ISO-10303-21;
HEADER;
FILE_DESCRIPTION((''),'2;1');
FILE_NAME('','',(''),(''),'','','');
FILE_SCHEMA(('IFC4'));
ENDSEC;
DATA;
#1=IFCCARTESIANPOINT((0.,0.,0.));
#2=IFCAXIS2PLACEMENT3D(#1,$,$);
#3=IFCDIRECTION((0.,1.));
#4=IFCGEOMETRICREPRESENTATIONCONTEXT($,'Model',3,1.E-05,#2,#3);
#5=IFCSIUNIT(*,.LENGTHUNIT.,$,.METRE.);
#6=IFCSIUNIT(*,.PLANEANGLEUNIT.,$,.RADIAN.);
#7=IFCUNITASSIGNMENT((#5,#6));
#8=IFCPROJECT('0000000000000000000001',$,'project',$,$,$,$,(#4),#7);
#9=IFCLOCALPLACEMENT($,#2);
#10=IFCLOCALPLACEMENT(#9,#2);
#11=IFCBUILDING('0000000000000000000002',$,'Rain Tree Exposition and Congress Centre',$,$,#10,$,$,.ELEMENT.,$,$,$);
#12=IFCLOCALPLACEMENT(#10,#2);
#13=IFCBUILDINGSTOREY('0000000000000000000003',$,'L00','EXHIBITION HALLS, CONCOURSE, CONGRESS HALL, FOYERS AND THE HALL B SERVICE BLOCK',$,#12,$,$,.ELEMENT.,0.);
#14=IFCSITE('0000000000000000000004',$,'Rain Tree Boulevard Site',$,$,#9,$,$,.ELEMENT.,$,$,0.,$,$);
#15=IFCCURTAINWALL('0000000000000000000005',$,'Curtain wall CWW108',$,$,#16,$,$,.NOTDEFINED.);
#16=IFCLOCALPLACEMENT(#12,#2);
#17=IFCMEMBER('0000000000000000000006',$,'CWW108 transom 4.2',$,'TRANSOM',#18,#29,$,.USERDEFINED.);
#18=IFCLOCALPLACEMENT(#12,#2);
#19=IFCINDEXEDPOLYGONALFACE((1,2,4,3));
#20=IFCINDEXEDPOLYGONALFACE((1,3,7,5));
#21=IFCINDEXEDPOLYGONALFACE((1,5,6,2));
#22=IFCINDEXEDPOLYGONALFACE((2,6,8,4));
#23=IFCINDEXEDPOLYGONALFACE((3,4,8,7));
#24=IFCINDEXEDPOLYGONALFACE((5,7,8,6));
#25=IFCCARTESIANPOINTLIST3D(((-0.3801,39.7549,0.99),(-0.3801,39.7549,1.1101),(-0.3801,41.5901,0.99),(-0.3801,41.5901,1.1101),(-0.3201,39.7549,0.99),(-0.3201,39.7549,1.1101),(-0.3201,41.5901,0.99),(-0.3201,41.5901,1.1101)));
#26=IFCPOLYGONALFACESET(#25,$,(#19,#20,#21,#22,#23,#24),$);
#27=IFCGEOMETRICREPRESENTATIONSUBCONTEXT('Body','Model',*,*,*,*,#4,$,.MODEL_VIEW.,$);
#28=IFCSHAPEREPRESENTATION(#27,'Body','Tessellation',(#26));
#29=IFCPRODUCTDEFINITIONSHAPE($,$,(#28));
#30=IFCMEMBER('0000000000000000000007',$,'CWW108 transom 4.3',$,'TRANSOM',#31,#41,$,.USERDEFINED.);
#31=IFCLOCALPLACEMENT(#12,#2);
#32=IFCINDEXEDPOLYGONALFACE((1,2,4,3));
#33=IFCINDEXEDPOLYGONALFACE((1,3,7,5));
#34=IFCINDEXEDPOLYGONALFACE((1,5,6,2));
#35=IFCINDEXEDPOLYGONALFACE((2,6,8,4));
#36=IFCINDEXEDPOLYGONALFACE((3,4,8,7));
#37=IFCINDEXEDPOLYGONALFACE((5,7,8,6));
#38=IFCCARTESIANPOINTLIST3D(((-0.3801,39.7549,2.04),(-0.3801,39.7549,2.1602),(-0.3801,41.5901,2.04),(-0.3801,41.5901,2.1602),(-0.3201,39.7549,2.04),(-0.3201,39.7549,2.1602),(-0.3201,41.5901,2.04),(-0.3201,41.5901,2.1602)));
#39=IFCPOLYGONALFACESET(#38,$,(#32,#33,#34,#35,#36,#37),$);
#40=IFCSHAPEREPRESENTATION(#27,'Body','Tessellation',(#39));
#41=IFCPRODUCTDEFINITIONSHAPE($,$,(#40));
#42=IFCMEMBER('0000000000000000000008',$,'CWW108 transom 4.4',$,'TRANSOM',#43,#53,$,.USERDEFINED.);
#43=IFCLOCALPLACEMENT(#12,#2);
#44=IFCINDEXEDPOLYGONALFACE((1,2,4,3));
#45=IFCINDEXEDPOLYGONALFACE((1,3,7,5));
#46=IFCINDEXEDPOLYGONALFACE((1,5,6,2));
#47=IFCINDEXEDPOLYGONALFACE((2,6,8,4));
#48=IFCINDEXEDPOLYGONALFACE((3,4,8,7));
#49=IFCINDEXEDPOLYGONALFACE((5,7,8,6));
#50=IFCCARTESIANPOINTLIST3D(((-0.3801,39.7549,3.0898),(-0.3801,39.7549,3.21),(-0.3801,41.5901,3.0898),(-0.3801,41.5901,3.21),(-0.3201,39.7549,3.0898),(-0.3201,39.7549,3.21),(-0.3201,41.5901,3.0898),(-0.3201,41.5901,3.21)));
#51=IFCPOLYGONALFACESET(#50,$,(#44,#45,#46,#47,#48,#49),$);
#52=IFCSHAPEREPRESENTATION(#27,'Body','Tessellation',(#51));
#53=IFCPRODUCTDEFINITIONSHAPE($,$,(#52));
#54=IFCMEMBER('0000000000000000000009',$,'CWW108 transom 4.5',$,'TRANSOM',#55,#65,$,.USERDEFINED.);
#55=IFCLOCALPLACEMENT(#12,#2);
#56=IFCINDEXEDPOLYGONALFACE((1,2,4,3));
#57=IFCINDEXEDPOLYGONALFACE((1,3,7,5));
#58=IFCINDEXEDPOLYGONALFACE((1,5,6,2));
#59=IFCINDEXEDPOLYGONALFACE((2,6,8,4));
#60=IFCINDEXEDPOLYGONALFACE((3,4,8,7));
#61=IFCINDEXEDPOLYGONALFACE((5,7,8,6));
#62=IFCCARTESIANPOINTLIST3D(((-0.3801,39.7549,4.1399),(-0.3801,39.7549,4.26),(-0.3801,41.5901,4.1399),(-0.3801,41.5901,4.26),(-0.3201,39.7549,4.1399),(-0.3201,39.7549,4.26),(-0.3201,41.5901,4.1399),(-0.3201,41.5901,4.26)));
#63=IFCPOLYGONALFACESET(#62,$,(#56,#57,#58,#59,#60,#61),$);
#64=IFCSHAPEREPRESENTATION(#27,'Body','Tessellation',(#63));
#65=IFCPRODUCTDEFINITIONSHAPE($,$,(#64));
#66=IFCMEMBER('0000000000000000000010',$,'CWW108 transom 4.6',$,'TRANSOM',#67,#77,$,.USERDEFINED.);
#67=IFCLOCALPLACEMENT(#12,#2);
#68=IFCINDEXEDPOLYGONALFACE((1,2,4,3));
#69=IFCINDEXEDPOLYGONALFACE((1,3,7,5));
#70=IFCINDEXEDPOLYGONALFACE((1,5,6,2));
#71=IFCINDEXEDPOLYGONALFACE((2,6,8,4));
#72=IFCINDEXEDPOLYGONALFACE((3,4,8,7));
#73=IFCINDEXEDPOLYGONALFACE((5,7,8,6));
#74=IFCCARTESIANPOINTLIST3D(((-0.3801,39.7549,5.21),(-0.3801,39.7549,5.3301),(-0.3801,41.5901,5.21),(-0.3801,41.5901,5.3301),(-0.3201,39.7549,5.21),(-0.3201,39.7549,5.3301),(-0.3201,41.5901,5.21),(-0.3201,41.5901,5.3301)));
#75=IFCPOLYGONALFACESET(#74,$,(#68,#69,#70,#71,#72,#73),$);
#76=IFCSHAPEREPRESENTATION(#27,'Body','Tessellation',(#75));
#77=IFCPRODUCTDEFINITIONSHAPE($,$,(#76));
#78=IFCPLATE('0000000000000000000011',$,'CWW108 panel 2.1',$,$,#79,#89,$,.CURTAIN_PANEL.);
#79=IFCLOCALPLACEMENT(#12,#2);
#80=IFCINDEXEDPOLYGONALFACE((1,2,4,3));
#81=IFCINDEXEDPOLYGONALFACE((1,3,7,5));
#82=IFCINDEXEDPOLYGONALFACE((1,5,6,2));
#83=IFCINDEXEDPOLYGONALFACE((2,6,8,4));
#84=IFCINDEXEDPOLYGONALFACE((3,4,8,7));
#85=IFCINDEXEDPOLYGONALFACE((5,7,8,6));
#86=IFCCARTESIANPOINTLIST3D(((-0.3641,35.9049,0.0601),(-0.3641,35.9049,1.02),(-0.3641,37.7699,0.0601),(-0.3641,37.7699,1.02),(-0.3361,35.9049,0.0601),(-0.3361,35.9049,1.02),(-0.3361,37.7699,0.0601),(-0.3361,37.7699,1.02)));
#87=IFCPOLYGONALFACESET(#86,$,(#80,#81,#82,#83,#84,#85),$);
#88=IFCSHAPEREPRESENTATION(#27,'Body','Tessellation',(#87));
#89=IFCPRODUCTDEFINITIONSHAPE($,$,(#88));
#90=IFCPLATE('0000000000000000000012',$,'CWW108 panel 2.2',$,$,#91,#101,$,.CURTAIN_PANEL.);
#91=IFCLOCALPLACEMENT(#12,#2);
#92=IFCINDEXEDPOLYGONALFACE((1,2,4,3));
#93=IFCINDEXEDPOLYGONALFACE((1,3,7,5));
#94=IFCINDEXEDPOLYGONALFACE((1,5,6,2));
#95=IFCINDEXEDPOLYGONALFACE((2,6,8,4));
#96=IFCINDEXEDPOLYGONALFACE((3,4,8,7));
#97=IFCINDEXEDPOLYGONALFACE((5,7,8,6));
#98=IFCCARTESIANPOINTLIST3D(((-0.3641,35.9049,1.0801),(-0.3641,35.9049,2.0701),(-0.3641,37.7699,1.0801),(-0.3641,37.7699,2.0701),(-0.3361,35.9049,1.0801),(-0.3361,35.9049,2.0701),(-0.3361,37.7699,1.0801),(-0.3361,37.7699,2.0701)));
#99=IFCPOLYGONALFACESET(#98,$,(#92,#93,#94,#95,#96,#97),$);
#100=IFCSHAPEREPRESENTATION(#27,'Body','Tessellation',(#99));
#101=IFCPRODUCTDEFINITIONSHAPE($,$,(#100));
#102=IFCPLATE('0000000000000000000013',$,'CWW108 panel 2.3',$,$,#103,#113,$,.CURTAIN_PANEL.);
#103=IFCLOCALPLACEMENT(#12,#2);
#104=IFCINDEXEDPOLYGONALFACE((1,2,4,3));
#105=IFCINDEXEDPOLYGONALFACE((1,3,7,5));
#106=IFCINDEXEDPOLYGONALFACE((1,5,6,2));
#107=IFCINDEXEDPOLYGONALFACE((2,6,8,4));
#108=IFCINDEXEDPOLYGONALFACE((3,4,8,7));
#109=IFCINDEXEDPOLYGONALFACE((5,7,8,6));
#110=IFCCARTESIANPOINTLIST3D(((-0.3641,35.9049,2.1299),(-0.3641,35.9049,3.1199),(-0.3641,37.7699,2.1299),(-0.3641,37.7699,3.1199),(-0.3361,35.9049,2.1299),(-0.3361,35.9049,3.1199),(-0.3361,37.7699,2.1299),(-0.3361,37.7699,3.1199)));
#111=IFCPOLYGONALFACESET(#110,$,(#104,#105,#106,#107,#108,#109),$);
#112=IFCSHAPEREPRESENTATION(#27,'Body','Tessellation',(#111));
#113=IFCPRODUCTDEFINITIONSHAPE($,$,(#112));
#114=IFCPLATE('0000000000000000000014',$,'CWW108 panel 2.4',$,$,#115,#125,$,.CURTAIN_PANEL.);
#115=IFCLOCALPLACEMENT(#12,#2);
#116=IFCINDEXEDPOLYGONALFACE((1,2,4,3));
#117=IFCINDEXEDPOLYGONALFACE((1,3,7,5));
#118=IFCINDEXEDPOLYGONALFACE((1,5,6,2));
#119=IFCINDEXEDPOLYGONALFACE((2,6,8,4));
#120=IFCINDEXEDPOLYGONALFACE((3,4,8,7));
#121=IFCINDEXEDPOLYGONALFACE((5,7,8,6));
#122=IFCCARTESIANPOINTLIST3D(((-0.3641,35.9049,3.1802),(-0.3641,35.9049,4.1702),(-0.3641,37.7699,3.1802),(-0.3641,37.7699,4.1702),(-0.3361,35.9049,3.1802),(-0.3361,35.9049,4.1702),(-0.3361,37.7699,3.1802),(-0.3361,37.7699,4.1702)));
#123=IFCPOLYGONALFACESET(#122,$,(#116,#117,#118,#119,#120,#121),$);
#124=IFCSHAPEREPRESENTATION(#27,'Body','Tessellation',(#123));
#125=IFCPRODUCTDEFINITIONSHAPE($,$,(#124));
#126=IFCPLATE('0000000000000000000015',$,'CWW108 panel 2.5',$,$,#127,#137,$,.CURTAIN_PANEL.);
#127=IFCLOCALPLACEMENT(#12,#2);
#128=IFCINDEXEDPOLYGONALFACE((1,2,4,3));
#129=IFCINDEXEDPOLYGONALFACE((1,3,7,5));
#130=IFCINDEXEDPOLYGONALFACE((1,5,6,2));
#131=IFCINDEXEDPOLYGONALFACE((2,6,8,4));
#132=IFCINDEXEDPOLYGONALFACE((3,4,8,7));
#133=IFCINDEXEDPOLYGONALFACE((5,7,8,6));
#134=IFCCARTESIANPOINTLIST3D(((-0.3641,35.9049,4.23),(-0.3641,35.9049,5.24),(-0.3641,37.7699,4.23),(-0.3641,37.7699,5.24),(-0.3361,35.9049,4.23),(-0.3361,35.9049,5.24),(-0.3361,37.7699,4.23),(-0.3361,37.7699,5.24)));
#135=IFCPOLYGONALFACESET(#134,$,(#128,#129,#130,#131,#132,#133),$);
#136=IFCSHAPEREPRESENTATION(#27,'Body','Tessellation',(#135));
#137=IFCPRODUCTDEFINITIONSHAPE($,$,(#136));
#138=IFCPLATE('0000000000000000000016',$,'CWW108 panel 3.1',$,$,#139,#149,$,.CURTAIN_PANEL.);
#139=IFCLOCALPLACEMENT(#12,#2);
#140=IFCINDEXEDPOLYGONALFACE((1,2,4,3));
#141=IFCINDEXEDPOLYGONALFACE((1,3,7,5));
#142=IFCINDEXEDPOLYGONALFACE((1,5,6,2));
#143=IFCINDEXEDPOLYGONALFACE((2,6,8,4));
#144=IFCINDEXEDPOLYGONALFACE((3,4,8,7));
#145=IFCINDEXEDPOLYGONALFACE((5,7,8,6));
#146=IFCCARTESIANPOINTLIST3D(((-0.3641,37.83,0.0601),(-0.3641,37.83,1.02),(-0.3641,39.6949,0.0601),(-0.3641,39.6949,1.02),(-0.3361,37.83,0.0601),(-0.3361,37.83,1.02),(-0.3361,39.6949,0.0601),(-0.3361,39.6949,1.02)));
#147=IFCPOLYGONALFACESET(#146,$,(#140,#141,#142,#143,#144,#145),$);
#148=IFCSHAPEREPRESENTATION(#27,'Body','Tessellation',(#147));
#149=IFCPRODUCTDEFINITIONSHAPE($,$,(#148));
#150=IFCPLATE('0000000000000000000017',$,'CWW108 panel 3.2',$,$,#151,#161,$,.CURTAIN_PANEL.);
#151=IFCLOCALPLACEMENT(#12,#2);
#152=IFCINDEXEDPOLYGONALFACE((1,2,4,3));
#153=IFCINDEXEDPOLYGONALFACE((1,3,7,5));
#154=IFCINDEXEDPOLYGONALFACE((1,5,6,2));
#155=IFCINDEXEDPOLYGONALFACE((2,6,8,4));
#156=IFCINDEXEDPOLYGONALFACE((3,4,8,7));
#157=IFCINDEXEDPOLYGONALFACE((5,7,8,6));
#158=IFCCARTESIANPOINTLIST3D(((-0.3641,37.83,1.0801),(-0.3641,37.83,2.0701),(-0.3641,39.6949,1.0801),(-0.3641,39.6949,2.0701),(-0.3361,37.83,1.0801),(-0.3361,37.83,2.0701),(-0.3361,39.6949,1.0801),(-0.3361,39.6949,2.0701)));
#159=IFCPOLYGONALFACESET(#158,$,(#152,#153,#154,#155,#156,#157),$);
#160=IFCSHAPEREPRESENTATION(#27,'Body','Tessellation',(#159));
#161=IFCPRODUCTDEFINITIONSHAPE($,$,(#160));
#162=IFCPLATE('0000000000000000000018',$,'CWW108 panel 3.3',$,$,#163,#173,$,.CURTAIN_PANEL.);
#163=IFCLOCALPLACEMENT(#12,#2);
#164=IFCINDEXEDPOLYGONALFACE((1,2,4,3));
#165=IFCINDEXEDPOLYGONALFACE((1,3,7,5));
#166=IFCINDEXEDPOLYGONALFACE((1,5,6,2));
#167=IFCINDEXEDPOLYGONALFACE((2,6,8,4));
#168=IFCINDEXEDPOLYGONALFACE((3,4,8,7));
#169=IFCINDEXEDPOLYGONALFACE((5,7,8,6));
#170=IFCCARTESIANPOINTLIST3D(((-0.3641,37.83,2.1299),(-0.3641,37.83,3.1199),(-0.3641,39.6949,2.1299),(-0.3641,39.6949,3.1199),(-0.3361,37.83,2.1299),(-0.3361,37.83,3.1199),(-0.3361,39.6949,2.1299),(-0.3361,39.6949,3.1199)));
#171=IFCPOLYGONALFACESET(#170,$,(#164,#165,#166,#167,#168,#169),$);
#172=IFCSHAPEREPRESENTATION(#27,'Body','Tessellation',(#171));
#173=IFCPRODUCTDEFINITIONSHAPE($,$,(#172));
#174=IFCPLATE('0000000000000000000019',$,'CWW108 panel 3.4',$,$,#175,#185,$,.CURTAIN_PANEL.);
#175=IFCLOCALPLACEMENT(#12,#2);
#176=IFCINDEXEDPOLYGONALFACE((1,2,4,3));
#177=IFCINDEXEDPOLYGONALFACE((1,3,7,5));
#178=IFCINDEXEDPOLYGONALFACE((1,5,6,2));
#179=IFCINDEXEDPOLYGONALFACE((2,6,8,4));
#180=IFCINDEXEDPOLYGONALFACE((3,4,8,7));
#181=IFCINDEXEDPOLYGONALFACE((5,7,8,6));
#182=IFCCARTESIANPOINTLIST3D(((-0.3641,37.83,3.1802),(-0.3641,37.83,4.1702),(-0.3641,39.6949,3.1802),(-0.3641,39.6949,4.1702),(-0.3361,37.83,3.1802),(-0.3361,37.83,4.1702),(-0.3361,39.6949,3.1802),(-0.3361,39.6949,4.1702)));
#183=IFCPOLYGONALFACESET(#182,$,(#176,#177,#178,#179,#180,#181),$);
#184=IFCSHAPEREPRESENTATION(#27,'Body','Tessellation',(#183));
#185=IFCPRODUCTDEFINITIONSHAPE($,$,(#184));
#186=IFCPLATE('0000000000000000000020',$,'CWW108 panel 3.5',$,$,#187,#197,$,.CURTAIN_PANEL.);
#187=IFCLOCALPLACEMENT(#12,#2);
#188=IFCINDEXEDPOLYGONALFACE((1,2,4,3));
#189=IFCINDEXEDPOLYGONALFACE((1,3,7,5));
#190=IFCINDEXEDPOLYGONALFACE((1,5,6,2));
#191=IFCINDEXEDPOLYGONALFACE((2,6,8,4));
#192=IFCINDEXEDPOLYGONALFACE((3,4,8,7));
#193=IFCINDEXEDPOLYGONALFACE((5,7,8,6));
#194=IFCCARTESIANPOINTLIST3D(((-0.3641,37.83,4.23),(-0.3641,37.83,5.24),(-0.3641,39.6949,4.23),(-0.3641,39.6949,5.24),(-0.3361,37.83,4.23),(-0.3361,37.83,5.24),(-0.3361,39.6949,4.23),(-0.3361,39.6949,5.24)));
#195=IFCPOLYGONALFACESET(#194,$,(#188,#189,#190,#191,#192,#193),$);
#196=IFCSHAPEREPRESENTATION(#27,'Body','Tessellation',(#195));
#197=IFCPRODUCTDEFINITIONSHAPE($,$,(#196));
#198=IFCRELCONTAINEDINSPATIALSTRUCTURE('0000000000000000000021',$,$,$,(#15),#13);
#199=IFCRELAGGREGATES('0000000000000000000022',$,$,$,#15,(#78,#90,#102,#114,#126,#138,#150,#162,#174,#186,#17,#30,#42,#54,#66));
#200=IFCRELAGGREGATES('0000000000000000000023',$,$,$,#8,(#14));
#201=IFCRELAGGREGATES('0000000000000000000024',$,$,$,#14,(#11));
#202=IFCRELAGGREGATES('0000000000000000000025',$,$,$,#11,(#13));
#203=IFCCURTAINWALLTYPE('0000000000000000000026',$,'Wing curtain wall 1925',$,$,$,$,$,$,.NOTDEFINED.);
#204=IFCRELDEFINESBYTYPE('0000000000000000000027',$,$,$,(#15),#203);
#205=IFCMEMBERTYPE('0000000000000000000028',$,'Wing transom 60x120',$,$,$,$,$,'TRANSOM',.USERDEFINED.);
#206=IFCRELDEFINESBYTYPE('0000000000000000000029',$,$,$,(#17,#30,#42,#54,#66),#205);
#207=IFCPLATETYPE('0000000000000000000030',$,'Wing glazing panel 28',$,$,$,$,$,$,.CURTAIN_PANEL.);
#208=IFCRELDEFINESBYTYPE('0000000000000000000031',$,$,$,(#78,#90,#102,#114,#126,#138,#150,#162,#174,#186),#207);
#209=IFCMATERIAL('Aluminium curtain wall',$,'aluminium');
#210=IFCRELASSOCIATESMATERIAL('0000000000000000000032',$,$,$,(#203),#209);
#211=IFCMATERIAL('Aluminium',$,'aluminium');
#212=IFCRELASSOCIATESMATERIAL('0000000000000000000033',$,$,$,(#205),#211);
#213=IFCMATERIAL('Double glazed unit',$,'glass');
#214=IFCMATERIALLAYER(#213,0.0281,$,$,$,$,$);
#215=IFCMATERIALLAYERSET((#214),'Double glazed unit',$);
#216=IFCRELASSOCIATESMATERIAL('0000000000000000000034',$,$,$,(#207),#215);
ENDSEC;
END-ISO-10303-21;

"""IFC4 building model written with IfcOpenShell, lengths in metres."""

from ifc_helpers import new_model, si_unit, direction, frame, origin, origin_2d, place, context, subcontext, project, spatial, rectangle, extrude, material, layer, layer_set, material_profile, profile_set, type_object, element, aggregate, save


model = new_model("IFC4")

# Units and contexts
model_context = context("Model", 3, precision=1e-05, world=origin(), true_north=direction((0.0, 1.0)))
body_context = subcontext(model_context, "Body", "Model", "MODEL_VIEW")
ifc_project = project(units=[si_unit("LENGTHUNIT", "METRE"), si_unit("PLANEANGLEUNIT", "RADIAN")], contexts=[model_context])

# Site, building, storey
site_placement = place(None, origin())
site = spatial("IfcSite", under=ifc_project, at=site_placement, Name="Rain Tree Boulevard Site", CompositionType="ELEMENT", RefElevation=0.0)
building_placement = place(site_placement, origin())
building = spatial("IfcBuilding", under=site, at=building_placement, Name="Rain Tree Exposition and Congress Centre", CompositionType="ELEMENT")
storey_placement = place(building_placement, origin())
storey = spatial("IfcBuildingStorey", under=building, at=storey_placement, Name="L00", Description="EXHIBITION HALLS, CONCOURSE, CONGRESS HALL, FOYERS AND THE HALL B SERVICE BLOCK", CompositionType="ELEMENT", Elevation=0.0)

# Curtain wall, members, plates
ifc_material_1 = material(Name="Aluminium curtain wall", Category="aluminium")
curtain_wall_type = type_object("IfcCurtainWallType", Name="Wing curtain wall 1925", PredefinedType="NOTDEFINED", material=ifc_material_1)
curtain_wall_placement = place(storey_placement, origin())
curtain_wall = element("IfcCurtainWall", 1, at=curtain_wall_placement, inside=storey, type_object=curtain_wall_type, Name="Curtain wall CWW108", PredefinedType="NOTDEFINED")
ifc_material_2 = material(Name="Aluminium", Category="aluminium")
ifc_material_profile_1 = material_profile(ifc_material_2, rectangle(XDim=0.0601, YDim=0.1201, at=origin_2d()), Name="Aluminium 60x120")
ifc_profile_set_1 = profile_set([ifc_material_profile_1], Name="Aluminium")
member_type_1 = type_object("IfcMemberType", Name="Wing transom 60x120", ElementType="TRANSOM", PredefinedType="USERDEFINED", material=ifc_profile_set_1)
member_1_placement = place(storey_placement, frame((-0.3501, 39.7549, 1.05), z_axis=(0.0, 1.0, 0.0), x_axis=(-1.0, 0.0, 0.0)))
member_1 = element("IfcMember", 2, at=member_1_placement, type_object=member_type_1, Name="CWW108 transom 4.2", ObjectType="TRANSOM", PredefinedType="USERDEFINED", context=body_context, shape_type="SweptSolid", body=[
    extrude(rectangle(XDim=0.0601, YDim=0.1201, at=origin_2d()), origin(), (0.0, 0.0, 1.0), 1.8352),
])
member_2_placement = place(storey_placement, frame((-0.3501, 39.7549, 2.1001), z_axis=(0.0, 1.0, 0.0), x_axis=(-1.0, 0.0, 0.0)))
member_2 = element("IfcMember", 3, at=member_2_placement, type_object=member_type_1, Name="CWW108 transom 4.3", ObjectType="TRANSOM", PredefinedType="USERDEFINED", context=body_context, shape_type="SweptSolid", body=[
    extrude(rectangle(XDim=0.0601, YDim=0.1201, at=origin_2d()), origin(), (0.0, 0.0, 1.0), 1.8352),
])
member_3_placement = place(storey_placement, frame((-0.3501, 39.7549, 3.1499), z_axis=(0.0, 1.0, 0.0), x_axis=(-1.0, 0.0, 0.0)))
member_3 = element("IfcMember", 4, at=member_3_placement, type_object=member_type_1, Name="CWW108 transom 4.4", ObjectType="TRANSOM", PredefinedType="USERDEFINED", context=body_context, shape_type="SweptSolid", body=[
    extrude(rectangle(XDim=0.0601, YDim=0.1201, at=origin_2d()), origin(), (0.0, 0.0, 1.0), 1.8352),
])
member_4_placement = place(storey_placement, frame((-0.3501, 39.7549, 4.2), z_axis=(0.0, 1.0, 0.0), x_axis=(-1.0, 0.0, 0.0)))
member_4 = element("IfcMember", 5, at=member_4_placement, type_object=member_type_1, Name="CWW108 transom 4.5", ObjectType="TRANSOM", PredefinedType="USERDEFINED", context=body_context, shape_type="SweptSolid", body=[
    extrude(rectangle(XDim=0.0601, YDim=0.1201, at=origin_2d()), origin(), (0.0, 0.0, 1.0), 1.8352),
])
member_5_placement = place(storey_placement, frame((-0.3501, 39.7549, 5.27), z_axis=(0.0, 1.0, 0.0), x_axis=(-1.0, 0.0, 0.0)))
member_5 = element("IfcMember", 6, at=member_5_placement, type_object=member_type_1, Name="CWW108 transom 4.6", ObjectType="TRANSOM", PredefinedType="USERDEFINED", context=body_context, shape_type="SweptSolid", body=[
    extrude(rectangle(XDim=0.0601, YDim=0.1201, at=origin_2d()), origin(), (0.0, 0.0, 1.0), 1.8352),
])
ifc_material_3 = material(Name="Double glazed unit", Category="glass")
ifc_layer_1 = layer(ifc_material_3, 0.0281)
ifc_layer_set_1 = layer_set([ifc_layer_1], Name="Double glazed unit")
plate_type = type_object("IfcPlateType", Name="Wing glazing panel 28", PredefinedType="CURTAIN_PANEL", material=ifc_layer_set_1)
plate_1_placement = place(storey_placement, frame((-0.3501, 36.8374, 0.0601), z_axis=(0.0, 0.0, 1.0), x_axis=(0.0, 1.0, 0.0)))
plate_1 = element("IfcPlate", 7, at=plate_1_placement, type_object=plate_type, Name="CWW108 panel 2.1", PredefinedType="CURTAIN_PANEL", context=body_context, shape_type="SweptSolid", body=[
    extrude(rectangle(XDim=1.865, YDim=0.0281, at=origin_2d()), origin(), (0.0, 0.0, 1.0), 0.96),
])
plate_2_placement = place(storey_placement, frame((-0.3501, 36.8374, 1.0801), z_axis=(0.0, 0.0, 1.0), x_axis=(0.0, 1.0, 0.0)))
plate_2 = element("IfcPlate", 8, at=plate_2_placement, type_object=plate_type, Name="CWW108 panel 2.2", PredefinedType="CURTAIN_PANEL", context=body_context, shape_type="SweptSolid", body=[
    extrude(rectangle(XDim=1.865, YDim=0.0281, at=origin_2d()), origin(), (0.0, 0.0, 1.0), 0.99),
])
plate_3_placement = place(storey_placement, frame((-0.3501, 36.8374, 2.1299), z_axis=(0.0, 0.0, 1.0), x_axis=(0.0, 1.0, 0.0)))
plate_3 = element("IfcPlate", 9, at=plate_3_placement, type_object=plate_type, Name="CWW108 panel 2.3", PredefinedType="CURTAIN_PANEL", context=body_context, shape_type="SweptSolid", body=[
    extrude(rectangle(XDim=1.865, YDim=0.0281, at=origin_2d()), origin(), (0.0, 0.0, 1.0), 0.99),
])
plate_4_placement = place(storey_placement, frame((-0.3501, 36.8374, 3.1802), z_axis=(0.0, 0.0, 1.0), x_axis=(0.0, 1.0, 0.0)))
plate_4 = element("IfcPlate", 10, at=plate_4_placement, type_object=plate_type, Name="CWW108 panel 2.4", PredefinedType="CURTAIN_PANEL", context=body_context, shape_type="SweptSolid", body=[
    extrude(rectangle(XDim=1.865, YDim=0.0281, at=origin_2d()), origin(), (0.0, 0.0, 1.0), 0.99),
])
plate_5_placement = place(storey_placement, frame((-0.3501, 36.8374, 4.23), z_axis=(0.0, 0.0, 1.0), x_axis=(0.0, 1.0, 0.0)))
plate_5 = element("IfcPlate", 11, at=plate_5_placement, type_object=plate_type, Name="CWW108 panel 2.5", PredefinedType="CURTAIN_PANEL", context=body_context, shape_type="SweptSolid", body=[
    extrude(rectangle(XDim=1.865, YDim=0.0281, at=origin_2d()), origin(), (0.0, 0.0, 1.0), 1.01),
])
plate_6_placement = place(storey_placement, frame((-0.3501, 38.7625, 0.0601), z_axis=(0.0, 0.0, 1.0), x_axis=(0.0, 1.0, 0.0)))
plate_6 = element("IfcPlate", 12, at=plate_6_placement, type_object=plate_type, Name="CWW108 panel 3.1", PredefinedType="CURTAIN_PANEL", context=body_context, shape_type="SweptSolid", body=[
    extrude(rectangle(XDim=1.865, YDim=0.0281, at=origin_2d()), origin(), (0.0, 0.0, 1.0), 0.96),
])
plate_7_placement = place(storey_placement, frame((-0.3501, 38.7625, 1.0801), z_axis=(0.0, 0.0, 1.0), x_axis=(0.0, 1.0, 0.0)))
plate_7 = element("IfcPlate", 13, at=plate_7_placement, type_object=plate_type, Name="CWW108 panel 3.2", PredefinedType="CURTAIN_PANEL", context=body_context, shape_type="SweptSolid", body=[
    extrude(rectangle(XDim=1.865, YDim=0.0281, at=origin_2d()), origin(), (0.0, 0.0, 1.0), 0.99),
])
plate_8_placement = place(storey_placement, frame((-0.3501, 38.7625, 2.1299), z_axis=(0.0, 0.0, 1.0), x_axis=(0.0, 1.0, 0.0)))
plate_8 = element("IfcPlate", 14, at=plate_8_placement, type_object=plate_type, Name="CWW108 panel 3.3", PredefinedType="CURTAIN_PANEL", context=body_context, shape_type="SweptSolid", body=[
    extrude(rectangle(XDim=1.865, YDim=0.0281, at=origin_2d()), origin(), (0.0, 0.0, 1.0), 0.99),
])
plate_9_placement = place(storey_placement, frame((-0.3501, 38.7625, 3.1802), z_axis=(0.0, 0.0, 1.0), x_axis=(0.0, 1.0, 0.0)))
plate_9 = element("IfcPlate", 15, at=plate_9_placement, type_object=plate_type, Name="CWW108 panel 3.4", PredefinedType="CURTAIN_PANEL", context=body_context, shape_type="SweptSolid", body=[
    extrude(rectangle(XDim=1.865, YDim=0.0281, at=origin_2d()), origin(), (0.0, 0.0, 1.0), 0.99),
])
plate_10_placement = place(storey_placement, frame((-0.3501, 38.7625, 4.23), z_axis=(0.0, 0.0, 1.0), x_axis=(0.0, 1.0, 0.0)))
plate_10 = element("IfcPlate", 16, at=plate_10_placement, type_object=plate_type, Name="CWW108 panel 3.5", PredefinedType="CURTAIN_PANEL", context=body_context, shape_type="SweptSolid", body=[
    extrude(rectangle(XDim=1.865, YDim=0.0281, at=origin_2d()), origin(), (0.0, 0.0, 1.0), 1.01),
])
aggregate(curtain_wall, [plate_1, plate_2, plate_3, plate_4, plate_5, plate_6, plate_7, plate_8, plate_9, plate_10, member_1, member_2, member_3, member_4, member_5])

save(model, "model.ifc")
